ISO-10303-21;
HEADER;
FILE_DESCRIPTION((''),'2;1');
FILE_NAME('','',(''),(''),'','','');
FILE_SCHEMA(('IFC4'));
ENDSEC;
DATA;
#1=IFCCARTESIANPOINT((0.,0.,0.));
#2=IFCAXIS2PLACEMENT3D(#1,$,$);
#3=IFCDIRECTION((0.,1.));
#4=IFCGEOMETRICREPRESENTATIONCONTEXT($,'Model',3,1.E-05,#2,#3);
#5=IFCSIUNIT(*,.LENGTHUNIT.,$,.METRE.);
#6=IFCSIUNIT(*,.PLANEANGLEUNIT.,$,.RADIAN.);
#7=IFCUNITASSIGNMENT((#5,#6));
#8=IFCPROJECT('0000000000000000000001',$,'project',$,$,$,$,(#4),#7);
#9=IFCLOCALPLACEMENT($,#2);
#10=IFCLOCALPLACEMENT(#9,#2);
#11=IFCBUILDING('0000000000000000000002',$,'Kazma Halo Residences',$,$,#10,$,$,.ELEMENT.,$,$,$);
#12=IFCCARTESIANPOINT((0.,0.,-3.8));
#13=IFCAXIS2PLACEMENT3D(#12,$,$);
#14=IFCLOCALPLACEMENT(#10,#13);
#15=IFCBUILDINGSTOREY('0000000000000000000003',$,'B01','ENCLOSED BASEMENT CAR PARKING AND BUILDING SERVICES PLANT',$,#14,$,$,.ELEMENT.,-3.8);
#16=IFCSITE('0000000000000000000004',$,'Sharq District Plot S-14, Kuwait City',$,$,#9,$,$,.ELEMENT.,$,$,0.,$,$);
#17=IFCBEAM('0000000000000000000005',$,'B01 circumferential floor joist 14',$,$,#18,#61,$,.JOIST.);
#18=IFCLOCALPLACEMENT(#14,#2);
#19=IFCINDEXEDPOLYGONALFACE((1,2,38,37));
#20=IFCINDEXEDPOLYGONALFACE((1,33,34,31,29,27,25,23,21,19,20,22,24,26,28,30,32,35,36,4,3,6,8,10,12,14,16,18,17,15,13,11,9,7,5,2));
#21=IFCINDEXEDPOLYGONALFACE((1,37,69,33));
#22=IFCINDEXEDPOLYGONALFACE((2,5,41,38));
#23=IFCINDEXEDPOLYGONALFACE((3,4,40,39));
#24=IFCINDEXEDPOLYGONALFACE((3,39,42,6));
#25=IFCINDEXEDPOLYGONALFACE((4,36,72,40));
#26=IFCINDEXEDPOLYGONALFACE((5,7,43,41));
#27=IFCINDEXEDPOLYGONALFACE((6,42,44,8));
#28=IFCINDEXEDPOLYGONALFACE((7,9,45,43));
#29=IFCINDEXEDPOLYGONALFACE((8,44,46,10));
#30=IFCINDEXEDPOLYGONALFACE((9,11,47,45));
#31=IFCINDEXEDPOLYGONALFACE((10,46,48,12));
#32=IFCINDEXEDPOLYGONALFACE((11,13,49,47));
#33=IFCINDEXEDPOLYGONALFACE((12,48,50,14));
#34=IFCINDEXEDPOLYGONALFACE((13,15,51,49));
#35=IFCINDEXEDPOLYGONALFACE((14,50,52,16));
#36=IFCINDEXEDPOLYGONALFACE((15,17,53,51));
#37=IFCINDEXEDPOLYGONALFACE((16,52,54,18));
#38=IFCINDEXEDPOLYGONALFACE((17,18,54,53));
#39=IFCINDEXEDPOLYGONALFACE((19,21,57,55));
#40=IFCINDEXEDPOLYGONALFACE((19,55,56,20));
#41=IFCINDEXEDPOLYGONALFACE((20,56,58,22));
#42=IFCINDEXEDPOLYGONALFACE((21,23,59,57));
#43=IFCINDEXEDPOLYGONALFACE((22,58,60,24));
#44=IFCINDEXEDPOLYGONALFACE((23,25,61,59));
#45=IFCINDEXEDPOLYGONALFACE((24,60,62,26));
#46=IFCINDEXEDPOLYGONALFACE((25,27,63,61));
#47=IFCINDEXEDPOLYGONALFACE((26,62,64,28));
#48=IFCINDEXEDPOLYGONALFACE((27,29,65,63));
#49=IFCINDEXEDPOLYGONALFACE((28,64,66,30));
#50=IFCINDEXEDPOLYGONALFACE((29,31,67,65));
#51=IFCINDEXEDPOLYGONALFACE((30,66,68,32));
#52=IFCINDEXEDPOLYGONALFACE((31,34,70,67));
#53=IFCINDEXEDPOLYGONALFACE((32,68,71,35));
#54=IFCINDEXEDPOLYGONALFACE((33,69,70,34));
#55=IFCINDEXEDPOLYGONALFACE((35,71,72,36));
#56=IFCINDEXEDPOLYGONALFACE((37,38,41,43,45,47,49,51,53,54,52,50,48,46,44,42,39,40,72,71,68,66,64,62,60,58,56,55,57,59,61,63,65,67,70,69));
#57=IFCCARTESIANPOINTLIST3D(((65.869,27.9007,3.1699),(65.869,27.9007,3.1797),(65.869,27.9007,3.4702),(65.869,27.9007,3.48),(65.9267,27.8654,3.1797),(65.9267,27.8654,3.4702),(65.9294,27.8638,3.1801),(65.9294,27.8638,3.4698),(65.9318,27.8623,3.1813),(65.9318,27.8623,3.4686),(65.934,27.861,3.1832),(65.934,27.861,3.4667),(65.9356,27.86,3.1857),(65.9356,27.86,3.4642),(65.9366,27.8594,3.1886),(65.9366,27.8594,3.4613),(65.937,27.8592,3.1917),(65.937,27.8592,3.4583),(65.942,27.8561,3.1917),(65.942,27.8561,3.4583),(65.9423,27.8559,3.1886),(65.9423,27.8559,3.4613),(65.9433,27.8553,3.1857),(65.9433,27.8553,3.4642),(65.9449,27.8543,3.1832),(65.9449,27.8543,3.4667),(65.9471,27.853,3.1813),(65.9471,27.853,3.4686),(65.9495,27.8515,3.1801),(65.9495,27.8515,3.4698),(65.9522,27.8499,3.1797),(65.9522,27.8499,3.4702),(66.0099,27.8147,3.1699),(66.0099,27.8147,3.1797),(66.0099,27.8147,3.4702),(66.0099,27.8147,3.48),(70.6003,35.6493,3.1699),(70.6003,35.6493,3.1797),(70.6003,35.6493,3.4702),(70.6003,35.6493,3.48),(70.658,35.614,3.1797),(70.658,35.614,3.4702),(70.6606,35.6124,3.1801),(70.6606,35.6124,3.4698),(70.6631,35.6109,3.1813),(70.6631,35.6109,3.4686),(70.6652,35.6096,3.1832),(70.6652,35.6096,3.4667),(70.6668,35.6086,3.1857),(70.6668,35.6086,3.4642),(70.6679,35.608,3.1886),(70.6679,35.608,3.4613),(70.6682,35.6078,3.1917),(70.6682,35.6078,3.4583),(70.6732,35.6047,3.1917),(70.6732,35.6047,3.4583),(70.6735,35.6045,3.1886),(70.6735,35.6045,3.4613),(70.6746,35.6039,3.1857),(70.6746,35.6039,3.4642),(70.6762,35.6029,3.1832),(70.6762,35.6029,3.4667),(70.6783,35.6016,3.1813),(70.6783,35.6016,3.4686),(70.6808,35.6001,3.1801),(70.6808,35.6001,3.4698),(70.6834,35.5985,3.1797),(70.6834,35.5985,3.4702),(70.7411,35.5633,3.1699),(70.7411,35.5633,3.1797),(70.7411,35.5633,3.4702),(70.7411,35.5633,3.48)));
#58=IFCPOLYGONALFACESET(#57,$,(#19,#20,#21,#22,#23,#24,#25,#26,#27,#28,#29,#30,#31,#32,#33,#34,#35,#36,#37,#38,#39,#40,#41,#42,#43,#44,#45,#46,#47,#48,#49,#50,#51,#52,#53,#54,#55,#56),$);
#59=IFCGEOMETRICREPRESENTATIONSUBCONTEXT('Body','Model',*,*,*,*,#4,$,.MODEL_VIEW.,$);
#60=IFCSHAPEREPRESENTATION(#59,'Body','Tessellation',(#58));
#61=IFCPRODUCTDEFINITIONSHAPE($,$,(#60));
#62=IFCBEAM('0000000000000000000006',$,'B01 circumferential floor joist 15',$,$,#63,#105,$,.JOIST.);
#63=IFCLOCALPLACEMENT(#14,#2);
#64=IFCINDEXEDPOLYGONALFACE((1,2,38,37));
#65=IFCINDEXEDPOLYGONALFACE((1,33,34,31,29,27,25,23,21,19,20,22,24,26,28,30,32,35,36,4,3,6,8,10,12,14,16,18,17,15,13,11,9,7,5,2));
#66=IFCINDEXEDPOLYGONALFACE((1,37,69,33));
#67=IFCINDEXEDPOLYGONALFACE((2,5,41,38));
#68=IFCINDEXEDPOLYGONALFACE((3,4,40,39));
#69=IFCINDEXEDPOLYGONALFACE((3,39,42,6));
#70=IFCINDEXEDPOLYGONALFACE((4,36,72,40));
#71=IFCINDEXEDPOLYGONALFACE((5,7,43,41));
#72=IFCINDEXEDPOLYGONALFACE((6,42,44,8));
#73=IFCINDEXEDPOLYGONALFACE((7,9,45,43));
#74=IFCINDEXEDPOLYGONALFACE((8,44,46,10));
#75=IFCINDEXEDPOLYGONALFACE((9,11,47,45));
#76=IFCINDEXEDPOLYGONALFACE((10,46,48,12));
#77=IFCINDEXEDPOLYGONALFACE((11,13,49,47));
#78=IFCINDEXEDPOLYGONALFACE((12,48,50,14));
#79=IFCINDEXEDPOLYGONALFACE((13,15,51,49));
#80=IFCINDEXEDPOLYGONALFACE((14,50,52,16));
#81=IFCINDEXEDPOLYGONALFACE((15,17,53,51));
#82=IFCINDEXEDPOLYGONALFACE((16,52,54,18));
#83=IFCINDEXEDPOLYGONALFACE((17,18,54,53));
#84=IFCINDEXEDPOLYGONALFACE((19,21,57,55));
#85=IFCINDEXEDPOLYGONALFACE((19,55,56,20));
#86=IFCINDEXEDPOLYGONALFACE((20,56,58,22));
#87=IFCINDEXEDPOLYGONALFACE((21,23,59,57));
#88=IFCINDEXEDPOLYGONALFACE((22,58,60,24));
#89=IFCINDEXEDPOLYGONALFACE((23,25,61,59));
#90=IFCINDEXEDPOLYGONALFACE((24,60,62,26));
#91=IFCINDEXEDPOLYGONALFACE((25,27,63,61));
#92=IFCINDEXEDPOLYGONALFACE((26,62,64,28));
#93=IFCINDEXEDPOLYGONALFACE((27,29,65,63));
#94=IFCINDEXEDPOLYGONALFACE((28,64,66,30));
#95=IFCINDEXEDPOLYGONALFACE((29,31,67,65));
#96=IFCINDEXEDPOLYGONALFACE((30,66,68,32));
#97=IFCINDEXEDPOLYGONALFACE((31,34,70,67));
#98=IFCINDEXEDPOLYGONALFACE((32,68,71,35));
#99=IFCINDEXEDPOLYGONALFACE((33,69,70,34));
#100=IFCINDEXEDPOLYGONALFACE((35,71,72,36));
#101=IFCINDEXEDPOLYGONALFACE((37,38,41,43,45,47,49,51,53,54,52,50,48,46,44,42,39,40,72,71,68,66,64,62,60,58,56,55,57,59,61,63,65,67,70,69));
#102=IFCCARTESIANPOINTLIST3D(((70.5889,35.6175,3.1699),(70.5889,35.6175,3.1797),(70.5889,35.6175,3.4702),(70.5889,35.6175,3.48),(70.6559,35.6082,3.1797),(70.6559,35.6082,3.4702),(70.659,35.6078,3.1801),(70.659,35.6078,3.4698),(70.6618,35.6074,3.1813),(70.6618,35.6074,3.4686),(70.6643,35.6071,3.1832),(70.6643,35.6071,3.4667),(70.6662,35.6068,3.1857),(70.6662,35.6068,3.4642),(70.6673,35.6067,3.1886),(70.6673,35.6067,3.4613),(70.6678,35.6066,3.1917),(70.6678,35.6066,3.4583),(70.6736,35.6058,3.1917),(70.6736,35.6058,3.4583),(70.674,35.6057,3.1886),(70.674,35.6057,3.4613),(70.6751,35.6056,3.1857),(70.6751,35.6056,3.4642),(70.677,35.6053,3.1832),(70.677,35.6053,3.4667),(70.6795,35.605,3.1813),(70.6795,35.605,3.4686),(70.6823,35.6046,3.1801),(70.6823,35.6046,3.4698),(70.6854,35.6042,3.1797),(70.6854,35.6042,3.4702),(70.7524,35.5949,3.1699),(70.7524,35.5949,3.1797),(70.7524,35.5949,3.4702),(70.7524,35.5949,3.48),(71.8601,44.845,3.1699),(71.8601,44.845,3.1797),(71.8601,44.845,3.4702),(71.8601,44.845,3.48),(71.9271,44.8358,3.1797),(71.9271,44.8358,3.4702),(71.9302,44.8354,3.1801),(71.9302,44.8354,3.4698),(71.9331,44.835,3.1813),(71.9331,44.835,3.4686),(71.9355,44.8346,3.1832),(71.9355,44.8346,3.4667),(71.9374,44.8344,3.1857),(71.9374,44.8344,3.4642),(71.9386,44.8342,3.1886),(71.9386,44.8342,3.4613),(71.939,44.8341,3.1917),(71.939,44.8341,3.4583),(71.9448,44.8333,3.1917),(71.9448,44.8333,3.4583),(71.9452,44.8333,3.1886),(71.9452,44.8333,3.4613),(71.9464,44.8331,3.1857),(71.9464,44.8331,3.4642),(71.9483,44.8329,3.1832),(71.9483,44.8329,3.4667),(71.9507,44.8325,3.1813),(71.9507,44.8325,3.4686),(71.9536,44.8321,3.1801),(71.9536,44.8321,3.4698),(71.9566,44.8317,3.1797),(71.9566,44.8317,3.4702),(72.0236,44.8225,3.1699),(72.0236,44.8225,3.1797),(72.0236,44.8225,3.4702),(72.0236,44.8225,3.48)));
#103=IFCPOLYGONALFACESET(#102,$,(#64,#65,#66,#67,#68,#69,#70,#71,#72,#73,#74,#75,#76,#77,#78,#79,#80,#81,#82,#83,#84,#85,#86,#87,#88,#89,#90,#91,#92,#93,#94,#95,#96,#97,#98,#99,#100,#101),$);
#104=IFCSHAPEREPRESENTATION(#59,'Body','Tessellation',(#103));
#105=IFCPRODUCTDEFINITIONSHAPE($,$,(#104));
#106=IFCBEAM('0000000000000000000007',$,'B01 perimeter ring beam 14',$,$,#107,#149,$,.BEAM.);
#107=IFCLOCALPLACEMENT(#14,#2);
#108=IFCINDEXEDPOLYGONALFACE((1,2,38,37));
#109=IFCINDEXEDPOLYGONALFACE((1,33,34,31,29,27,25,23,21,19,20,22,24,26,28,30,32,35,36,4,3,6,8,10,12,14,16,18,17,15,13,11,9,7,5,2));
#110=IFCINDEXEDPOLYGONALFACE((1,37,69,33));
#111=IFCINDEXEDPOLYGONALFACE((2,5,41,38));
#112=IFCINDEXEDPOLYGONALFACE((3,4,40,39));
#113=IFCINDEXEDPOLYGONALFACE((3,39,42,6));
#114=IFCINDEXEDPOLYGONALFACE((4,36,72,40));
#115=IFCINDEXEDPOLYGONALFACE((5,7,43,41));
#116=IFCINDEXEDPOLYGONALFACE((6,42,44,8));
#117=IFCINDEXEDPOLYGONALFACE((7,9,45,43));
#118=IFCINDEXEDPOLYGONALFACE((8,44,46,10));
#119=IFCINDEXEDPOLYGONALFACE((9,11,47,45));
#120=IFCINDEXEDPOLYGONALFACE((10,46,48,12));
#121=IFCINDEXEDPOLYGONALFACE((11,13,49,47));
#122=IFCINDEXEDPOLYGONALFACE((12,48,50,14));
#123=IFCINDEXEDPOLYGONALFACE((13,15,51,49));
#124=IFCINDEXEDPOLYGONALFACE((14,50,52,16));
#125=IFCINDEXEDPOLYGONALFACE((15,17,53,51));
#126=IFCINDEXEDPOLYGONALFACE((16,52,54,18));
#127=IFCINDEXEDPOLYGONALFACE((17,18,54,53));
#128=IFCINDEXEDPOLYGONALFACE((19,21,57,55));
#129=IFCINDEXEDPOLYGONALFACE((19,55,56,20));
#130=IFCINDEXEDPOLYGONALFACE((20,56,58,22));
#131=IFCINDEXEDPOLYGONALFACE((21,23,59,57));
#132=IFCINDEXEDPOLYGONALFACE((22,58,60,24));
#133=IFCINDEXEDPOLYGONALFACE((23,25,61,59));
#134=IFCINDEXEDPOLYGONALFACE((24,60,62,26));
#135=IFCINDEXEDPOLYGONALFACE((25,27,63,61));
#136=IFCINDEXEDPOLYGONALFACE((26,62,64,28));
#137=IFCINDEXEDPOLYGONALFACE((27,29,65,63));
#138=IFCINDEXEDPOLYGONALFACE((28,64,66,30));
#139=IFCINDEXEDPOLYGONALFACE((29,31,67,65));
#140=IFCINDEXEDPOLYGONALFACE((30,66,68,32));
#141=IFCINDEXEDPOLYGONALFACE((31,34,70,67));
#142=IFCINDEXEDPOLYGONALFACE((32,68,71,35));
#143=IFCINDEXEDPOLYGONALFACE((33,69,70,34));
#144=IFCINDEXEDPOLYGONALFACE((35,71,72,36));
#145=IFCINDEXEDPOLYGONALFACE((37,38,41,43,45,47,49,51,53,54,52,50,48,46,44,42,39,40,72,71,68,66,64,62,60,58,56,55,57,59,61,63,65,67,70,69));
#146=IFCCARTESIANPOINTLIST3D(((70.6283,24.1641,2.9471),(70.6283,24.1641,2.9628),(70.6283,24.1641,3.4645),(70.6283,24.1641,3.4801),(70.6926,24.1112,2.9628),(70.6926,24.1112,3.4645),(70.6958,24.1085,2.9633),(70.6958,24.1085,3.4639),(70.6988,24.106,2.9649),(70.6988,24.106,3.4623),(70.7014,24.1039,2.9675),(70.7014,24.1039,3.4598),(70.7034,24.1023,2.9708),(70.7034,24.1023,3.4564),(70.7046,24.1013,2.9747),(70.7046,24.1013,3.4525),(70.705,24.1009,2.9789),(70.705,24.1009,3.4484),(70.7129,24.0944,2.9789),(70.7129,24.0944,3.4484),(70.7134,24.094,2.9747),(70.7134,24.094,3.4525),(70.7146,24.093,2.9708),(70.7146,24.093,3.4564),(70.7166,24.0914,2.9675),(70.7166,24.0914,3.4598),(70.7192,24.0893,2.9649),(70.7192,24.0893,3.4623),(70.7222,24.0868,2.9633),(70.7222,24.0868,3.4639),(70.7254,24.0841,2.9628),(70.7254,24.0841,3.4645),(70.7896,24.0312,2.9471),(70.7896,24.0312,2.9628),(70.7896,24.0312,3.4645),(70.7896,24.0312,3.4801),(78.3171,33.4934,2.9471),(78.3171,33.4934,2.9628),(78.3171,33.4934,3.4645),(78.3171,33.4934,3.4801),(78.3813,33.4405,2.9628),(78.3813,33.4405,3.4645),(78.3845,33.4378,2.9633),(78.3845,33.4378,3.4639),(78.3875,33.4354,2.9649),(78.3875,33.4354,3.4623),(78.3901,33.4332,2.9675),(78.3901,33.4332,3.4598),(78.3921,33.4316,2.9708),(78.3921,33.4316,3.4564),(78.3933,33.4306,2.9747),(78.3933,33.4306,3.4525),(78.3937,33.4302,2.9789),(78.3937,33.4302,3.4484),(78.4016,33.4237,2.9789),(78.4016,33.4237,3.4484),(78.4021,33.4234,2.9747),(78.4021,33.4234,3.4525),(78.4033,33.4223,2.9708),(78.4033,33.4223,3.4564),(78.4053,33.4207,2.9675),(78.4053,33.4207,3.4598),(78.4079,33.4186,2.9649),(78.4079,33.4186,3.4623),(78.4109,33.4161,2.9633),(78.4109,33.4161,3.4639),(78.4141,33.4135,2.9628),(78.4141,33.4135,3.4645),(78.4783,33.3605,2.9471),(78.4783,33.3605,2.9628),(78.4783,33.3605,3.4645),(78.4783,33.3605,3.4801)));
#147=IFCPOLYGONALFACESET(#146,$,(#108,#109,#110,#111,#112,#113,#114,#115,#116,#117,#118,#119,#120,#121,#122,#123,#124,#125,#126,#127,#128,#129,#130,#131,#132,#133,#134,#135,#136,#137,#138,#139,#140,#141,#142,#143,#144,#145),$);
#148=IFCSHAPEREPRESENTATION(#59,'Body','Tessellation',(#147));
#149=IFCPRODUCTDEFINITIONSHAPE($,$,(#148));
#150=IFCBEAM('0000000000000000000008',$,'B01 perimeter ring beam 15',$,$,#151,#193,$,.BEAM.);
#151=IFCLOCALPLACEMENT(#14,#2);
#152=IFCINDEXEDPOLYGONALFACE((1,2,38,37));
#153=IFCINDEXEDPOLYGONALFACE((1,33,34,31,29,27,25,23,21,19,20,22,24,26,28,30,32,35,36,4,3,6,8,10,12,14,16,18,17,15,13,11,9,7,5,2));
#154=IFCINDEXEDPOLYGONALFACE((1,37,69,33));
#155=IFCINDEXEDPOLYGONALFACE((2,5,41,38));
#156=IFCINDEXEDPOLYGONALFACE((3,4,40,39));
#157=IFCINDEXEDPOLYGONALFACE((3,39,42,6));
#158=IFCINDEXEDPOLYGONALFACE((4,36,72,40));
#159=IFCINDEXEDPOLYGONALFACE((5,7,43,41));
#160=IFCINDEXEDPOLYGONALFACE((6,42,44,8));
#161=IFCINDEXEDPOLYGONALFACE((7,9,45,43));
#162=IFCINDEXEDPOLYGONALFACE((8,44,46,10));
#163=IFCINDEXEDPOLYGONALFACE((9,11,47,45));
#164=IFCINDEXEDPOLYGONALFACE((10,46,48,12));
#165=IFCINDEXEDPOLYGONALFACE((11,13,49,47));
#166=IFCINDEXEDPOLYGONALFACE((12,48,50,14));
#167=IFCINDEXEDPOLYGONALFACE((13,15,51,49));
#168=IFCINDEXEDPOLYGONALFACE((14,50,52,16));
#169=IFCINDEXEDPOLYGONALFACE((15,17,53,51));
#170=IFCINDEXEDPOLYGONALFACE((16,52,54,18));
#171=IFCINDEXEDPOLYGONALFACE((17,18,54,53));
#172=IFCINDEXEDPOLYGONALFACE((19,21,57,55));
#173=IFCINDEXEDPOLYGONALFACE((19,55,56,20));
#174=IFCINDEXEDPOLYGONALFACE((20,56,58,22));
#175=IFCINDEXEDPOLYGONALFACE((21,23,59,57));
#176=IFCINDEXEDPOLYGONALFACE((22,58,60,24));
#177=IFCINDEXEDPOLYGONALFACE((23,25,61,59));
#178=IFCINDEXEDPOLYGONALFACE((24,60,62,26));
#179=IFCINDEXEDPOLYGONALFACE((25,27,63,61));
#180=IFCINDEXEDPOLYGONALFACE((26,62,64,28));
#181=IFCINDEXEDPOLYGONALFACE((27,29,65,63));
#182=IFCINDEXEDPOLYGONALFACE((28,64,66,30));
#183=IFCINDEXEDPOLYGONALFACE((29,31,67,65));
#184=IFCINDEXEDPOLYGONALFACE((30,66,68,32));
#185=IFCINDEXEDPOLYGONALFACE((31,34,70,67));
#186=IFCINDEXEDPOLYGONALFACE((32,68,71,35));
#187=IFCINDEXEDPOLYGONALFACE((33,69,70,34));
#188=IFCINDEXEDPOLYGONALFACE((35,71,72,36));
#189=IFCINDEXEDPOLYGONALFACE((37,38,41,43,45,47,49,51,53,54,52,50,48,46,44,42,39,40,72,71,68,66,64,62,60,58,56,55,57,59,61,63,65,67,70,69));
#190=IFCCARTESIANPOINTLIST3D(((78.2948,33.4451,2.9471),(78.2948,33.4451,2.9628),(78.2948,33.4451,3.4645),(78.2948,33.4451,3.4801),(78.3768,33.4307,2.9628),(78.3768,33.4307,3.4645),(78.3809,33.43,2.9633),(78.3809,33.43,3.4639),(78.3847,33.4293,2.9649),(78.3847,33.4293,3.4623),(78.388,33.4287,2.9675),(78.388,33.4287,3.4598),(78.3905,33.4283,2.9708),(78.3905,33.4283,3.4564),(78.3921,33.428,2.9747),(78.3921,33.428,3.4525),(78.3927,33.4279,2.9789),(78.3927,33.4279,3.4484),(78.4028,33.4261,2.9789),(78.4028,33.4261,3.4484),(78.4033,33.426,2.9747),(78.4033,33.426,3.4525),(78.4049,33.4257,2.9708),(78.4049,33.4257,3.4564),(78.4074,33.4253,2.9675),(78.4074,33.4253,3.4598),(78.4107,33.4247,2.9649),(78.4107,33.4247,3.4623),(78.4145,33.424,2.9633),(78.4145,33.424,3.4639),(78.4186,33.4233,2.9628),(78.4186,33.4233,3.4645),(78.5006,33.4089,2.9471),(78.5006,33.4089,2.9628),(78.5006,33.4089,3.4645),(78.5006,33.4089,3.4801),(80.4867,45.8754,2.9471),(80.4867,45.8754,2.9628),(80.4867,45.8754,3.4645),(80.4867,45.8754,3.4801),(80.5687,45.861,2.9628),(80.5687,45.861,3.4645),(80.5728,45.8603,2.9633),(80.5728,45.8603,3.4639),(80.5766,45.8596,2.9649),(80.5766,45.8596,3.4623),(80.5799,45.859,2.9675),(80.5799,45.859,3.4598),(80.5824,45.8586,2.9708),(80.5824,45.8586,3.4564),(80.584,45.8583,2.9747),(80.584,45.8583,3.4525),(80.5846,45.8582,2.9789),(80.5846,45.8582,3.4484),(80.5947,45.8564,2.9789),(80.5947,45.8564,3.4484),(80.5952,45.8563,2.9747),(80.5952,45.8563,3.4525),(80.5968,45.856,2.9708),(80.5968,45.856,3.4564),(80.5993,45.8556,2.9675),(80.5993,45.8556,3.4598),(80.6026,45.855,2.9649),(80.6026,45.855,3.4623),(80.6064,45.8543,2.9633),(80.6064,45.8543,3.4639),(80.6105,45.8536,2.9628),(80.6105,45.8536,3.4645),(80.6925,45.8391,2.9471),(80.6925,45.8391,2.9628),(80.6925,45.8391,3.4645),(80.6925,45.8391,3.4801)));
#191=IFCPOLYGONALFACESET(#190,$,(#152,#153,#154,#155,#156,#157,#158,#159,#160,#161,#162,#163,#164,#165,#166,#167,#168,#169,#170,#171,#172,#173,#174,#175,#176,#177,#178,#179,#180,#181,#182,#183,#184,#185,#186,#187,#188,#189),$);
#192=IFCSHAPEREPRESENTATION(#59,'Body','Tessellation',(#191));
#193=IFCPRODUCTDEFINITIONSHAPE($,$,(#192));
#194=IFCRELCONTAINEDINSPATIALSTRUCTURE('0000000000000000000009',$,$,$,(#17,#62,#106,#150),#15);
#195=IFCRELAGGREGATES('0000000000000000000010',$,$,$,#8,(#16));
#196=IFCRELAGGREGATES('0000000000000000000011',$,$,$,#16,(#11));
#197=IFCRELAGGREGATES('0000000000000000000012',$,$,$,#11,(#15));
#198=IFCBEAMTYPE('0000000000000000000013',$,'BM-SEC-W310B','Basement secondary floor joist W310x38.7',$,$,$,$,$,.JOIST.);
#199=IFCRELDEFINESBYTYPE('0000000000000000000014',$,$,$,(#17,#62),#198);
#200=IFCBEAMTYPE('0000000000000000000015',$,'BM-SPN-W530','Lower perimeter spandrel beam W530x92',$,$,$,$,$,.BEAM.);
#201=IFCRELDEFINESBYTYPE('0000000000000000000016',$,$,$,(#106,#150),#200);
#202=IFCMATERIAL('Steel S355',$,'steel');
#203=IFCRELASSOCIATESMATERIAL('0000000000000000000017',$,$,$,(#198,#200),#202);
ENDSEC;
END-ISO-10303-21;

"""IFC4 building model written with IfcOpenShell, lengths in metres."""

from ifc_helpers import new_model, si_unit, direction, frame, origin, origin_2d, place, context, subcontext, project, spatial, i_section, extrude, material, material_profile, profile_set, type_object, element, save


model = new_model("IFC4")

# Units and contexts
model_context = context("Model", 3, precision=1e-05, world=origin(), true_north=direction((0.0, 1.0)))
body_context = subcontext(model_context, "Body", "Model", "MODEL_VIEW")
ifc_project = project(units=[si_unit("LENGTHUNIT", "METRE"), si_unit("PLANEANGLEUNIT", "RADIAN")], contexts=[model_context])

# Site, building, storey
site_placement = place(None, origin())
site = spatial("IfcSite", under=ifc_project, at=site_placement, Name="Sharq District Plot S-14, Kuwait City", CompositionType="ELEMENT", RefElevation=0.0)
building_placement = place(site_placement, origin())
building = spatial("IfcBuilding", under=site, at=building_placement, Name="Kazma Halo Residences", CompositionType="ELEMENT")
storey_placement = place(building_placement, frame((0.0, 0.0, -3.8)))
storey = spatial("IfcBuildingStorey", under=building, at=storey_placement, Name="B01", Description="ENCLOSED BASEMENT CAR PARKING AND BUILDING SERVICES PLANT", CompositionType="ELEMENT", Elevation=-3.8)

# Beams
ifc_material_1 = material(Name="Steel S355", Category="steel")
ifc_material_profile_1 = material_profile(ifc_material_1, i_section(OverallWidth=0.165, OverallDepth=0.3101, WebThickness=0.0059, FlangeThickness=0.0098, FilletRadius=0.012, at=origin_2d()), Name="W310x38.7")
ifc_profile_set_1 = profile_set([ifc_material_profile_1], Name="Steel S355")
beam_type_1 = type_object("IfcBeamType", Name="BM-SEC-W310B", Description="Basement secondary floor joist W310x38.7", PredefinedType="JOIST", material=ifc_profile_set_1)
beam_1_placement = place(storey_placement, frame((65.9395, 27.8577, 3.325), z_axis=(0.521128, 0.853479, 0.0), x_axis=(-0.853479, 0.521128, 0.0)))
element("IfcBeam", 1, at=beam_1_placement, inside=storey, type_object=beam_type_1, Name="B01 circumferential floor joist 14", PredefinedType="JOIST", context=body_context, shape_type="SweptSolid", body=[
    extrude(i_section(OverallWidth=0.165, OverallDepth=0.3101, WebThickness=0.0059, FlangeThickness=0.0098, FilletRadius=0.012, at=origin_2d()), origin(), (0.0, 0.0, 1.0), 9.0789),
])
beam_2_placement = place(storey_placement, frame((70.6707, 35.6062, 3.325), z_axis=(0.136477, 0.990643, 0.0), x_axis=(-0.990643, 0.136477, 0.0)))
element("IfcBeam", 2, at=beam_2_placement, inside=storey, type_object=beam_type_1, Name="B01 circumferential floor joist 15", PredefinedType="JOIST", context=body_context, shape_type="SweptSolid", body=[
    extrude(i_section(OverallWidth=0.165, OverallDepth=0.3101, WebThickness=0.0059, FlangeThickness=0.0098, FilletRadius=0.012, at=origin_2d()), origin(), (0.0, 0.0, 1.0), 9.3147),
])
ifc_material_profile_2 = material_profile(ifc_material_1, i_section(OverallWidth=0.209, OverallDepth=0.533, WebThickness=0.0103, FlangeThickness=0.0156, FilletRadius=0.0161, at=origin_2d()), Name="W530x92")
ifc_profile_set_2 = profile_set([ifc_material_profile_2], Name="Steel S355")
beam_type_2 = type_object("IfcBeamType", Name="BM-SPN-W530", Description="Lower perimeter spandrel beam W530x92", PredefinedType="BEAM", material=ifc_profile_set_2)
beam_3_placement = place(storey_placement, frame((70.709, 24.0977, 3.2136), z_axis=(0.63599, 0.771698, 0.0), x_axis=(-0.771698, 0.63599, 0.0)))
element("IfcBeam", 3, at=beam_3_placement, inside=storey, type_object=beam_type_2, Name="B01 perimeter ring beam 14", PredefinedType="BEAM", context=body_context, shape_type="SweptSolid", body=[
    extrude(i_section(OverallWidth=0.209, OverallDepth=0.533, WebThickness=0.0103, FlangeThickness=0.0156, FilletRadius=0.0161, at=origin_2d()), origin(), (0.0, 0.0, 1.0), 12.0894),
])
beam_4_placement = place(storey_placement, frame((78.3977, 33.427, 3.2136), z_axis=(0.173657, 0.984806, 0.0), x_axis=(-0.984806, 0.173657, 0.0)))
element("IfcBeam", 4, at=beam_4_placement, inside=storey, type_object=beam_type_2, Name="B01 perimeter ring beam 15", PredefinedType="BEAM", context=body_context, shape_type="SweptSolid", body=[
    extrude(i_section(OverallWidth=0.209, OverallDepth=0.533, WebThickness=0.0103, FlangeThickness=0.0156, FilletRadius=0.0161, at=origin_2d()), origin(), (0.0, 0.0, 1.0), 12.6221),
])

save(model, "model.ifc")
